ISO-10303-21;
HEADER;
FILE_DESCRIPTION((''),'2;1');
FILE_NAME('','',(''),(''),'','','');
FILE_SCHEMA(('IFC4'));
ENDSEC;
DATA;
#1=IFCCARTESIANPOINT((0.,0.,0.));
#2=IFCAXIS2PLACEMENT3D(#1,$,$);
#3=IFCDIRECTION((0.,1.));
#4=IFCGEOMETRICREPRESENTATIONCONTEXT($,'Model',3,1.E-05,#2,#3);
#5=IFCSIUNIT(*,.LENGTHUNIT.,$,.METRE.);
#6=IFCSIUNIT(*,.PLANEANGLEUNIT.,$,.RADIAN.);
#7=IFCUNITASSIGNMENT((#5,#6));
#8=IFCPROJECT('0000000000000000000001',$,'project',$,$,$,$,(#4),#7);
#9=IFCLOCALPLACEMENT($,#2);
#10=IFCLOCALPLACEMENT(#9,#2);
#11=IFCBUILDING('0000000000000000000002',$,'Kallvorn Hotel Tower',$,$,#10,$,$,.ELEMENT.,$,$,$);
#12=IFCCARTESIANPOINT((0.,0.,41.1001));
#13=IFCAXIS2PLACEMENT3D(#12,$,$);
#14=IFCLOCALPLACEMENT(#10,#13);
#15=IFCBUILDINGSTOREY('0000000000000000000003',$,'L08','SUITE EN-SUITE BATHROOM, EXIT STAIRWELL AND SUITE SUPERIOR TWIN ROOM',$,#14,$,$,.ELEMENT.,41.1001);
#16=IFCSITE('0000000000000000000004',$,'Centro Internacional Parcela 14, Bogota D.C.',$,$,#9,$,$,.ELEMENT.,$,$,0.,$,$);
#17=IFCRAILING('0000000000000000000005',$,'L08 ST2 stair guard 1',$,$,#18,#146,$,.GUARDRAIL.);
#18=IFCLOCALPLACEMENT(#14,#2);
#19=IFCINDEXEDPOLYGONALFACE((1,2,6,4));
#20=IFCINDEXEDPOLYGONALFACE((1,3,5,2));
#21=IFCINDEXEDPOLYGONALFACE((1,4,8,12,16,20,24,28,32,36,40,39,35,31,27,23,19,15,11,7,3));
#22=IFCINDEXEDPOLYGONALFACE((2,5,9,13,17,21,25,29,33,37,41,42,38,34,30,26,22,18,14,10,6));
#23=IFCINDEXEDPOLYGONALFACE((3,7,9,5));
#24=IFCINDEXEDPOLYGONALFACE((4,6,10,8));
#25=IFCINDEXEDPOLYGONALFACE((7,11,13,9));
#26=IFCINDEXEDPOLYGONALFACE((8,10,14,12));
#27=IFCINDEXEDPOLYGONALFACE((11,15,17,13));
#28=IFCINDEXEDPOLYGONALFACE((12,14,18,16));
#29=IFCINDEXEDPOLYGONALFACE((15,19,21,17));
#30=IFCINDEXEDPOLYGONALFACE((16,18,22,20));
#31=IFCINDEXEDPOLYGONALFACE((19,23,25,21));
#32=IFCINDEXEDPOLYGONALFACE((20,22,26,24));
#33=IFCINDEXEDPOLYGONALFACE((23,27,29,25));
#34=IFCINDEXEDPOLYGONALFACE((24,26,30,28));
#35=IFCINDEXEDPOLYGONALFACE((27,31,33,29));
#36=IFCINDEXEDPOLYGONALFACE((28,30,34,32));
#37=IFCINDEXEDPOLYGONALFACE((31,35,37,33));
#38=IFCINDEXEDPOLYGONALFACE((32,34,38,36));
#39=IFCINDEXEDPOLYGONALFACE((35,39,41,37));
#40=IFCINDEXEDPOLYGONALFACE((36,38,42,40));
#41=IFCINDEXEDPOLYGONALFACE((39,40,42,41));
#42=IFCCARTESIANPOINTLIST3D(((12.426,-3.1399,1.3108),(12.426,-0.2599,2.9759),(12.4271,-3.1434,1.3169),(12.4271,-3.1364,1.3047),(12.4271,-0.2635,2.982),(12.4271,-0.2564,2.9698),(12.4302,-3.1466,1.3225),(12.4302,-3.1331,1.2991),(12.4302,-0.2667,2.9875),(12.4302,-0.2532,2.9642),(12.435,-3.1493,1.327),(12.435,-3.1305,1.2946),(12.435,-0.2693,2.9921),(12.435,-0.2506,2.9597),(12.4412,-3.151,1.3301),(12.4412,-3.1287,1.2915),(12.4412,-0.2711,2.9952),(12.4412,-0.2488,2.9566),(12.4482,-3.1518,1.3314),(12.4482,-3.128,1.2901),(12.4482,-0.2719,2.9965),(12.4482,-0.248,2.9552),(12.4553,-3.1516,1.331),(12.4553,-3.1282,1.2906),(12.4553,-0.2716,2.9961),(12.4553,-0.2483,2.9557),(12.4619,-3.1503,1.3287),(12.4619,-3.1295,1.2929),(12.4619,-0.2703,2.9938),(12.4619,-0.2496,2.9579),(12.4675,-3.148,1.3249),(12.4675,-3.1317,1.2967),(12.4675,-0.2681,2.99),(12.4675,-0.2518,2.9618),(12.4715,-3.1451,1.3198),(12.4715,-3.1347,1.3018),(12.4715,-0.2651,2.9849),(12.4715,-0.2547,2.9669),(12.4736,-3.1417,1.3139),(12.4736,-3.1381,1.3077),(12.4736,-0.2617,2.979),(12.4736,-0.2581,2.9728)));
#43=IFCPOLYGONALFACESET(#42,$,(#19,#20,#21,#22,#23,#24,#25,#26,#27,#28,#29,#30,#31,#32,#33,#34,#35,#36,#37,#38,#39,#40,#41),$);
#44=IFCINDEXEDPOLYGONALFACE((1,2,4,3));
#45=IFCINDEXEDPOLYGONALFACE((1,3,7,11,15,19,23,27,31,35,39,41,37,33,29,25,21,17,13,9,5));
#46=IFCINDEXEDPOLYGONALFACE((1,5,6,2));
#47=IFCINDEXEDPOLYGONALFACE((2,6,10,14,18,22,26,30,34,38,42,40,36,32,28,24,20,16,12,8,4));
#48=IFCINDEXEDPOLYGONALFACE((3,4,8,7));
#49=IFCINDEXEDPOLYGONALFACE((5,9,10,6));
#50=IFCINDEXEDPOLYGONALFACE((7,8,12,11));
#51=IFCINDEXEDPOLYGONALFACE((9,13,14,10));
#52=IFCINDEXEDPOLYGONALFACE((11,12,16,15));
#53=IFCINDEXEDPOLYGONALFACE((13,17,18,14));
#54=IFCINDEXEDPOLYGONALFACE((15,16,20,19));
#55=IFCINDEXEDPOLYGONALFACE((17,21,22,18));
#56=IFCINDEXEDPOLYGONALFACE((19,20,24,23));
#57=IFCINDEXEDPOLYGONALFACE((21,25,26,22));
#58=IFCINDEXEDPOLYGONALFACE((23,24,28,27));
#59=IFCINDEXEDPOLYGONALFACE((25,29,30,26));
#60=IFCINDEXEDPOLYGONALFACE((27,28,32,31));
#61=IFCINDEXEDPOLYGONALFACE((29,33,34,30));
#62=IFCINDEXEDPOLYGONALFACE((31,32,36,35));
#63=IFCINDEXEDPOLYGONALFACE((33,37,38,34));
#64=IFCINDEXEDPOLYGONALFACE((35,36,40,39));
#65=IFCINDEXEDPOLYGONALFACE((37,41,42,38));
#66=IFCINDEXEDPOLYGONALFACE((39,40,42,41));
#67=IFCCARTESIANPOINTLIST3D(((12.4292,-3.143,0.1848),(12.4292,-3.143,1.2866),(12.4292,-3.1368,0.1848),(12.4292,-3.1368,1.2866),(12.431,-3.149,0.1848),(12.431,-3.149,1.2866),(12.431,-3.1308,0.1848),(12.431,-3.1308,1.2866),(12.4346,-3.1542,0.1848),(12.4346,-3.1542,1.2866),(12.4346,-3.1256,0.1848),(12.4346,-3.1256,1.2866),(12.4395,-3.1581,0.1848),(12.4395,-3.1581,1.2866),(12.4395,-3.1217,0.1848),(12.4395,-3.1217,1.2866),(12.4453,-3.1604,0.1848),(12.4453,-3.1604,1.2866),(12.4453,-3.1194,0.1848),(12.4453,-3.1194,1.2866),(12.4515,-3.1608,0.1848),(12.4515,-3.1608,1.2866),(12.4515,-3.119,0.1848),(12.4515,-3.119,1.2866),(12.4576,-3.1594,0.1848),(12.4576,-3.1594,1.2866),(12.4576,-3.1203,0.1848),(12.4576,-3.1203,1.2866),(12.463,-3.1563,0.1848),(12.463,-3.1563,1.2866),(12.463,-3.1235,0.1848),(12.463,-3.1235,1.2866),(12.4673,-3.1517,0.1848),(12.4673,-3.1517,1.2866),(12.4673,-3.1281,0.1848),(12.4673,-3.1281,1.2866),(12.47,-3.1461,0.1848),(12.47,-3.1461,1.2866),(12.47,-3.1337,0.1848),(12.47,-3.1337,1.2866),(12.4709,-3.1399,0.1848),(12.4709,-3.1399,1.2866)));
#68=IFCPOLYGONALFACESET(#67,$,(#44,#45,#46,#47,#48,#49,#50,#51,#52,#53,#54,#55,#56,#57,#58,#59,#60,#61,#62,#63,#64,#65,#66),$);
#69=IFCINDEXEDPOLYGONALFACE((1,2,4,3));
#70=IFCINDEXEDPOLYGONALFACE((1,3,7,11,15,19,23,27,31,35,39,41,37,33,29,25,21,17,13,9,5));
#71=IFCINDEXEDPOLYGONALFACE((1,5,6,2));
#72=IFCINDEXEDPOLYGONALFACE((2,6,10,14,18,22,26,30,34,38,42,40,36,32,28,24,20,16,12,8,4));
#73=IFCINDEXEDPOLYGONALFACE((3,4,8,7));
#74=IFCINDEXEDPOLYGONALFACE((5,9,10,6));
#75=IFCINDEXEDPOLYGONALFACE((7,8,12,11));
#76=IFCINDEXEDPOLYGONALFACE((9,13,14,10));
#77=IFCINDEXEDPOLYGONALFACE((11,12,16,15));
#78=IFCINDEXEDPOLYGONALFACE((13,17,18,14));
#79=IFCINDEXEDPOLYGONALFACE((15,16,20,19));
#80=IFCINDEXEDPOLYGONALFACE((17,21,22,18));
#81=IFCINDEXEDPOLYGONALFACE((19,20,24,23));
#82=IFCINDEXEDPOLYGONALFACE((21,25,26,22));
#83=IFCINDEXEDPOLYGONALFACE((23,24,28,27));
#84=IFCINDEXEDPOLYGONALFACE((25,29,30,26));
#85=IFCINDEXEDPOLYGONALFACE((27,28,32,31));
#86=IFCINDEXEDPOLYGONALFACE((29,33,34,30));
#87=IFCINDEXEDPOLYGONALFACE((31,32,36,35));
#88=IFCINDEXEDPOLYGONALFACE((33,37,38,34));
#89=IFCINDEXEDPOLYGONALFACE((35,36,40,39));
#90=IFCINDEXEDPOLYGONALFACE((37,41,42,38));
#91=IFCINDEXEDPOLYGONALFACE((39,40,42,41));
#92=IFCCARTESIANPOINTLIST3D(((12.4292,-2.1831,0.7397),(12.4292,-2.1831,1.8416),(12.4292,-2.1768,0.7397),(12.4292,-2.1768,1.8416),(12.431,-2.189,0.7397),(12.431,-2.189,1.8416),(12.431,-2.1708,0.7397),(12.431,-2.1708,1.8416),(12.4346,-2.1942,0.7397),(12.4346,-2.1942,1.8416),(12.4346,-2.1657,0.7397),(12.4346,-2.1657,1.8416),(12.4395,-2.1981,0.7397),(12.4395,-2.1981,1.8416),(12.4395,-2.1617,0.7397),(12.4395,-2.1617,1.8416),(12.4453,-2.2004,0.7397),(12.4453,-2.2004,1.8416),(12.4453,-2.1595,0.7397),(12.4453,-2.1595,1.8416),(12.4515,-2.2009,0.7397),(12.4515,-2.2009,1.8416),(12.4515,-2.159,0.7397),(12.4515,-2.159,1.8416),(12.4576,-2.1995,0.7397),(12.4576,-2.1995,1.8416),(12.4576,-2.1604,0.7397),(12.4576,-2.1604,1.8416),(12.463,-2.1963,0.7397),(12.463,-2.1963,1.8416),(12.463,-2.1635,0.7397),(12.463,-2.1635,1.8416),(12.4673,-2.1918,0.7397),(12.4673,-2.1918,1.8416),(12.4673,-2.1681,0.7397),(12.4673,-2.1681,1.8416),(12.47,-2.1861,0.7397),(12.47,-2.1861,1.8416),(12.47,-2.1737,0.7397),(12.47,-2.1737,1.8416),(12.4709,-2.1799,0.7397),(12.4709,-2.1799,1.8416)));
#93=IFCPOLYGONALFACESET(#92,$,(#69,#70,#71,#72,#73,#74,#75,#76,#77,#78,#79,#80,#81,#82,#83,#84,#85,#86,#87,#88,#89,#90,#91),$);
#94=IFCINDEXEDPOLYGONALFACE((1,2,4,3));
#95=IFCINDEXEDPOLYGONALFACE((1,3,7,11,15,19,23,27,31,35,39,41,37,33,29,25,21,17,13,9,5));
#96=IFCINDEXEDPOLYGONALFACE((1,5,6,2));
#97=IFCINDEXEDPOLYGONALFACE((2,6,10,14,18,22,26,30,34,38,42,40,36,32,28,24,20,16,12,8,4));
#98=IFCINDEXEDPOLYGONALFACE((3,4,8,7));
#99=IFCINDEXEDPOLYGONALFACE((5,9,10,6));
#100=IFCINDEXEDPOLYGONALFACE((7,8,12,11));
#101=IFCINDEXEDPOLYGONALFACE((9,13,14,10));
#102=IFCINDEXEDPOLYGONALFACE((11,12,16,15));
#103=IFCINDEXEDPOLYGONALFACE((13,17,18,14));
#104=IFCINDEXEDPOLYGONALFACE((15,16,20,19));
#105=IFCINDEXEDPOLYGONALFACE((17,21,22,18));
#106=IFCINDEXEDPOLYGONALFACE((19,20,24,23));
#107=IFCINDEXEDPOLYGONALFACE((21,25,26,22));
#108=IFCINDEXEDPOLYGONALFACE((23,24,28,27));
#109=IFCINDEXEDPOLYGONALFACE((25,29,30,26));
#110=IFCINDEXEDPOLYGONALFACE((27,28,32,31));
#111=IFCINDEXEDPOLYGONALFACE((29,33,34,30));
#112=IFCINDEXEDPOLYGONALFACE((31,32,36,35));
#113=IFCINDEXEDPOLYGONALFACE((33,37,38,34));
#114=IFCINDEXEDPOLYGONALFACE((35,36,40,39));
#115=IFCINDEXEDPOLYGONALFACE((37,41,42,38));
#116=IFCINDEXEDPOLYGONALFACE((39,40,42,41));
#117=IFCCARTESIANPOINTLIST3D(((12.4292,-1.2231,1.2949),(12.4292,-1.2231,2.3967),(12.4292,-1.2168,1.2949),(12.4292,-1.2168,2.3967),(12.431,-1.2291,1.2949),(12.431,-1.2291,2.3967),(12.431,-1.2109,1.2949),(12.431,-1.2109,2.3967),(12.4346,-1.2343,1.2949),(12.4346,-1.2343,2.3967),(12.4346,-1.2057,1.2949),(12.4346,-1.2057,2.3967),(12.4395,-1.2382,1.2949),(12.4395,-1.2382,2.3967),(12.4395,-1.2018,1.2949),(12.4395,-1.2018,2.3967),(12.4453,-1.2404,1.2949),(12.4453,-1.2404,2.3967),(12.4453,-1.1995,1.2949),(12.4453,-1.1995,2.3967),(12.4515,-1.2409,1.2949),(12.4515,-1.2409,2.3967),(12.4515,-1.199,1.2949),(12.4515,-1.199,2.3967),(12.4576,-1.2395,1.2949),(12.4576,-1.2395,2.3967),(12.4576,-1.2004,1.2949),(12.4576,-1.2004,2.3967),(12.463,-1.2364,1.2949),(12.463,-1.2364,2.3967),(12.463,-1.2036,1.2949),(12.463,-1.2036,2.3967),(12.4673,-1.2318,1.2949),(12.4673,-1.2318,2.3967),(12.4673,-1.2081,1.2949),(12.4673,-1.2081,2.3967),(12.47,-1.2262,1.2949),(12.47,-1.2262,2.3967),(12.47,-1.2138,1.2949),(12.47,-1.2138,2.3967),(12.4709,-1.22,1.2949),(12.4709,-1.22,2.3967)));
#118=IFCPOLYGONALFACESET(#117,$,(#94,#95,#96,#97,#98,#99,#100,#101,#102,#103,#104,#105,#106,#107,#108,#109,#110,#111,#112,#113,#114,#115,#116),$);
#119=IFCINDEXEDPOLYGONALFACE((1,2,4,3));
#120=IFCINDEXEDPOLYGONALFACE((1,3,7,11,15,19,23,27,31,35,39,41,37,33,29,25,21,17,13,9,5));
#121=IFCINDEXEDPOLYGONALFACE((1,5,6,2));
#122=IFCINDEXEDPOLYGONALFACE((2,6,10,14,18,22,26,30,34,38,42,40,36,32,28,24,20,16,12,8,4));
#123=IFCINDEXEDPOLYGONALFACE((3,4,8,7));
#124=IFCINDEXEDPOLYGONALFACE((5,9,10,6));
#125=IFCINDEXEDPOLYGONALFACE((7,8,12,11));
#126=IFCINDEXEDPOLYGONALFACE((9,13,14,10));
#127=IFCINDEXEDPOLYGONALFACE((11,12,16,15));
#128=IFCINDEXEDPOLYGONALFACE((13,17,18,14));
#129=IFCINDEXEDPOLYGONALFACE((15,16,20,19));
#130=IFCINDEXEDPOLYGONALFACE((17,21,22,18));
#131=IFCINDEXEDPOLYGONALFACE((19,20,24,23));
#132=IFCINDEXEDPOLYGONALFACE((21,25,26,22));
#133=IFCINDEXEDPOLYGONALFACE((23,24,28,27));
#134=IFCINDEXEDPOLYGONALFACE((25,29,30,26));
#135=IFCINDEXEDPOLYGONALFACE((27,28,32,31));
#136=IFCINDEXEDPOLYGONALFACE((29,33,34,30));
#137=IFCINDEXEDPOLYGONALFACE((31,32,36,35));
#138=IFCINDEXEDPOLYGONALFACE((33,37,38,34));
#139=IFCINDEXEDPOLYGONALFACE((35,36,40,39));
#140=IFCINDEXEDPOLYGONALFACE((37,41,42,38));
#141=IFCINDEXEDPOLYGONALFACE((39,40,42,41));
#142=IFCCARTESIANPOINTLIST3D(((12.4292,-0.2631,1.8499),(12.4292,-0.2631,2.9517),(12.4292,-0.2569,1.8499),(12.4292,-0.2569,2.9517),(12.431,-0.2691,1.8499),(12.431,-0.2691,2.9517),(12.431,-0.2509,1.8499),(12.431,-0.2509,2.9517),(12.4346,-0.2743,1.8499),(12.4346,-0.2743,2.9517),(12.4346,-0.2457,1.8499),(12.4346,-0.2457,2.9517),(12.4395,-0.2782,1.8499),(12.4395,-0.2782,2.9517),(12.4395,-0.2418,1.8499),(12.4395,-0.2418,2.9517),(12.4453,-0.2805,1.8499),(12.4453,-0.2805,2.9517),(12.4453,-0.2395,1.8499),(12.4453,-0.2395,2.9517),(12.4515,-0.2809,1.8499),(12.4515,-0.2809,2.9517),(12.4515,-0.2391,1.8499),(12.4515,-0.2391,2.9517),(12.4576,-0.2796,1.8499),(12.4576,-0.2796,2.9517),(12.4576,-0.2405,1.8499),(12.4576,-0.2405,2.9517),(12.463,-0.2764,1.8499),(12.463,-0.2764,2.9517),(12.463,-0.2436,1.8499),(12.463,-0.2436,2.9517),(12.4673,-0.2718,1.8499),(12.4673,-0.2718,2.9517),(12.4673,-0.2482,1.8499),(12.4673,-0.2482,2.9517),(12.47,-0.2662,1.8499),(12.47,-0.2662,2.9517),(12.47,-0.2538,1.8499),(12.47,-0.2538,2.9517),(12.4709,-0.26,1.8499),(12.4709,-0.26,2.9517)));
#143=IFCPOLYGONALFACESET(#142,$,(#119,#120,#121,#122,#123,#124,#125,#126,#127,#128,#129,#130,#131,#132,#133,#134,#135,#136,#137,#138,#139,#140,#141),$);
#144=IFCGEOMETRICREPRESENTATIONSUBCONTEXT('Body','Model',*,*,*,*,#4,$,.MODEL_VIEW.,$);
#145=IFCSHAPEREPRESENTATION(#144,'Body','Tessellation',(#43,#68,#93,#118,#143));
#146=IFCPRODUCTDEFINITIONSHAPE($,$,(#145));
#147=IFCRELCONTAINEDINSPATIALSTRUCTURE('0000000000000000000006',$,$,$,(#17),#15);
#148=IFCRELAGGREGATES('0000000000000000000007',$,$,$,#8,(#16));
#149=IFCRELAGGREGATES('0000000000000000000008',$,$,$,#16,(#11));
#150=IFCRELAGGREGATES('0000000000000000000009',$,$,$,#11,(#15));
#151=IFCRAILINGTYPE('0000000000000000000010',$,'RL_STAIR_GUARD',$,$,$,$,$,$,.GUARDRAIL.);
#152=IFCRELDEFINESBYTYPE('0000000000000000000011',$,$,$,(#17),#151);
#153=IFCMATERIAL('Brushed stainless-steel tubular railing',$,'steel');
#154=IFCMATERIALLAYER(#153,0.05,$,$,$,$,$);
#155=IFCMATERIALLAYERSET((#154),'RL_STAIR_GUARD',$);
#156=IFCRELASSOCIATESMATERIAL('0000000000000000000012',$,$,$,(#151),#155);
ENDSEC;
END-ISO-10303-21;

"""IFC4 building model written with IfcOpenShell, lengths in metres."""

from ifc_helpers import new_model, si_unit, direction, frame, origin, origin_2d, place, context, subcontext, project, spatial, circle, extrude, material, layer, layer_set, type_object, element, save


model = new_model("IFC4")

# Units and contexts
model_context = context("Model", 3, precision=1e-05, world=origin(), true_north=direction((0.0, 1.0)))
body_context = subcontext(model_context, "Body", "Model", "MODEL_VIEW")
ifc_project = project(units=[si_unit("LENGTHUNIT", "METRE"), si_unit("PLANEANGLEUNIT", "RADIAN")], contexts=[model_context])

# Site, building, storey
site_placement = place(None, origin())
site = spatial("IfcSite", under=ifc_project, at=site_placement, Name="Centro Internacional Parcela 14, Bogota D.C.", CompositionType="ELEMENT", RefElevation=0.0)
building_placement = place(site_placement, origin())
building = spatial("IfcBuilding", under=site, at=building_placement, Name="Kallvorn Hotel Tower", CompositionType="ELEMENT")
storey_placement = place(building_placement, frame((0.0, 0.0, 41.1001)))
storey = spatial("IfcBuildingStorey", under=building, at=storey_placement, Name="L08", Description="SUITE EN-SUITE BATHROOM, EXIT STAIRWELL AND SUITE SUPERIOR TWIN ROOM", CompositionType="ELEMENT", Elevation=41.1001)

# Railing
ifc_material_1 = material(Name="Brushed stainless-steel tubular railing", Category="steel")
ifc_layer_1 = layer(ifc_material_1, 0.05)
ifc_layer_set_1 = layer_set([ifc_layer_1], Name="RL_STAIR_GUARD")
railing_type_1 = type_object("IfcRailingType", Name="RL_STAIR_GUARD", PredefinedType="GUARDRAIL", material=ifc_layer_set_1)
railing_1_placement = place(storey_placement, frame((12.45, -3.1399, 0.1848)))
element("IfcRailing", 1, at=railing_1_placement, inside=storey, type_object=railing_type_1, Name="L08 ST2 stair guard 1", PredefinedType="GUARDRAIL", context=body_context, shape_type="SweptSolid", body=[
    extrude(circle(Radius=0.0239, at=origin_2d()), frame((0.0, 0.0, 1.126), z_axis=(0.0, 0.865721, 0.500527), x_axis=(-1.0, 0.0, 0.0)), (0.0, 0.0, 1.0), 3.3267),
    extrude(circle(Radius=0.021, at=origin_2d()), origin(), (0.0, 0.0, 1.0), 1.1018),
    extrude(circle(Radius=0.021, at=origin_2d()), frame((0.0, 0.96, 0.5549)), (0.0, 0.0, 1.0), 1.1018),
    extrude(circle(Radius=0.021, at=origin_2d()), frame((0.0, 1.9199, 1.1101)), (0.0, 0.0, 1.0), 1.1018),
    extrude(circle(Radius=0.021, at=origin_2d()), frame((0.0, 2.8799, 1.665)), (0.0, 0.0, 1.0), 1.1018),
])

save(model, "model.ifc")
